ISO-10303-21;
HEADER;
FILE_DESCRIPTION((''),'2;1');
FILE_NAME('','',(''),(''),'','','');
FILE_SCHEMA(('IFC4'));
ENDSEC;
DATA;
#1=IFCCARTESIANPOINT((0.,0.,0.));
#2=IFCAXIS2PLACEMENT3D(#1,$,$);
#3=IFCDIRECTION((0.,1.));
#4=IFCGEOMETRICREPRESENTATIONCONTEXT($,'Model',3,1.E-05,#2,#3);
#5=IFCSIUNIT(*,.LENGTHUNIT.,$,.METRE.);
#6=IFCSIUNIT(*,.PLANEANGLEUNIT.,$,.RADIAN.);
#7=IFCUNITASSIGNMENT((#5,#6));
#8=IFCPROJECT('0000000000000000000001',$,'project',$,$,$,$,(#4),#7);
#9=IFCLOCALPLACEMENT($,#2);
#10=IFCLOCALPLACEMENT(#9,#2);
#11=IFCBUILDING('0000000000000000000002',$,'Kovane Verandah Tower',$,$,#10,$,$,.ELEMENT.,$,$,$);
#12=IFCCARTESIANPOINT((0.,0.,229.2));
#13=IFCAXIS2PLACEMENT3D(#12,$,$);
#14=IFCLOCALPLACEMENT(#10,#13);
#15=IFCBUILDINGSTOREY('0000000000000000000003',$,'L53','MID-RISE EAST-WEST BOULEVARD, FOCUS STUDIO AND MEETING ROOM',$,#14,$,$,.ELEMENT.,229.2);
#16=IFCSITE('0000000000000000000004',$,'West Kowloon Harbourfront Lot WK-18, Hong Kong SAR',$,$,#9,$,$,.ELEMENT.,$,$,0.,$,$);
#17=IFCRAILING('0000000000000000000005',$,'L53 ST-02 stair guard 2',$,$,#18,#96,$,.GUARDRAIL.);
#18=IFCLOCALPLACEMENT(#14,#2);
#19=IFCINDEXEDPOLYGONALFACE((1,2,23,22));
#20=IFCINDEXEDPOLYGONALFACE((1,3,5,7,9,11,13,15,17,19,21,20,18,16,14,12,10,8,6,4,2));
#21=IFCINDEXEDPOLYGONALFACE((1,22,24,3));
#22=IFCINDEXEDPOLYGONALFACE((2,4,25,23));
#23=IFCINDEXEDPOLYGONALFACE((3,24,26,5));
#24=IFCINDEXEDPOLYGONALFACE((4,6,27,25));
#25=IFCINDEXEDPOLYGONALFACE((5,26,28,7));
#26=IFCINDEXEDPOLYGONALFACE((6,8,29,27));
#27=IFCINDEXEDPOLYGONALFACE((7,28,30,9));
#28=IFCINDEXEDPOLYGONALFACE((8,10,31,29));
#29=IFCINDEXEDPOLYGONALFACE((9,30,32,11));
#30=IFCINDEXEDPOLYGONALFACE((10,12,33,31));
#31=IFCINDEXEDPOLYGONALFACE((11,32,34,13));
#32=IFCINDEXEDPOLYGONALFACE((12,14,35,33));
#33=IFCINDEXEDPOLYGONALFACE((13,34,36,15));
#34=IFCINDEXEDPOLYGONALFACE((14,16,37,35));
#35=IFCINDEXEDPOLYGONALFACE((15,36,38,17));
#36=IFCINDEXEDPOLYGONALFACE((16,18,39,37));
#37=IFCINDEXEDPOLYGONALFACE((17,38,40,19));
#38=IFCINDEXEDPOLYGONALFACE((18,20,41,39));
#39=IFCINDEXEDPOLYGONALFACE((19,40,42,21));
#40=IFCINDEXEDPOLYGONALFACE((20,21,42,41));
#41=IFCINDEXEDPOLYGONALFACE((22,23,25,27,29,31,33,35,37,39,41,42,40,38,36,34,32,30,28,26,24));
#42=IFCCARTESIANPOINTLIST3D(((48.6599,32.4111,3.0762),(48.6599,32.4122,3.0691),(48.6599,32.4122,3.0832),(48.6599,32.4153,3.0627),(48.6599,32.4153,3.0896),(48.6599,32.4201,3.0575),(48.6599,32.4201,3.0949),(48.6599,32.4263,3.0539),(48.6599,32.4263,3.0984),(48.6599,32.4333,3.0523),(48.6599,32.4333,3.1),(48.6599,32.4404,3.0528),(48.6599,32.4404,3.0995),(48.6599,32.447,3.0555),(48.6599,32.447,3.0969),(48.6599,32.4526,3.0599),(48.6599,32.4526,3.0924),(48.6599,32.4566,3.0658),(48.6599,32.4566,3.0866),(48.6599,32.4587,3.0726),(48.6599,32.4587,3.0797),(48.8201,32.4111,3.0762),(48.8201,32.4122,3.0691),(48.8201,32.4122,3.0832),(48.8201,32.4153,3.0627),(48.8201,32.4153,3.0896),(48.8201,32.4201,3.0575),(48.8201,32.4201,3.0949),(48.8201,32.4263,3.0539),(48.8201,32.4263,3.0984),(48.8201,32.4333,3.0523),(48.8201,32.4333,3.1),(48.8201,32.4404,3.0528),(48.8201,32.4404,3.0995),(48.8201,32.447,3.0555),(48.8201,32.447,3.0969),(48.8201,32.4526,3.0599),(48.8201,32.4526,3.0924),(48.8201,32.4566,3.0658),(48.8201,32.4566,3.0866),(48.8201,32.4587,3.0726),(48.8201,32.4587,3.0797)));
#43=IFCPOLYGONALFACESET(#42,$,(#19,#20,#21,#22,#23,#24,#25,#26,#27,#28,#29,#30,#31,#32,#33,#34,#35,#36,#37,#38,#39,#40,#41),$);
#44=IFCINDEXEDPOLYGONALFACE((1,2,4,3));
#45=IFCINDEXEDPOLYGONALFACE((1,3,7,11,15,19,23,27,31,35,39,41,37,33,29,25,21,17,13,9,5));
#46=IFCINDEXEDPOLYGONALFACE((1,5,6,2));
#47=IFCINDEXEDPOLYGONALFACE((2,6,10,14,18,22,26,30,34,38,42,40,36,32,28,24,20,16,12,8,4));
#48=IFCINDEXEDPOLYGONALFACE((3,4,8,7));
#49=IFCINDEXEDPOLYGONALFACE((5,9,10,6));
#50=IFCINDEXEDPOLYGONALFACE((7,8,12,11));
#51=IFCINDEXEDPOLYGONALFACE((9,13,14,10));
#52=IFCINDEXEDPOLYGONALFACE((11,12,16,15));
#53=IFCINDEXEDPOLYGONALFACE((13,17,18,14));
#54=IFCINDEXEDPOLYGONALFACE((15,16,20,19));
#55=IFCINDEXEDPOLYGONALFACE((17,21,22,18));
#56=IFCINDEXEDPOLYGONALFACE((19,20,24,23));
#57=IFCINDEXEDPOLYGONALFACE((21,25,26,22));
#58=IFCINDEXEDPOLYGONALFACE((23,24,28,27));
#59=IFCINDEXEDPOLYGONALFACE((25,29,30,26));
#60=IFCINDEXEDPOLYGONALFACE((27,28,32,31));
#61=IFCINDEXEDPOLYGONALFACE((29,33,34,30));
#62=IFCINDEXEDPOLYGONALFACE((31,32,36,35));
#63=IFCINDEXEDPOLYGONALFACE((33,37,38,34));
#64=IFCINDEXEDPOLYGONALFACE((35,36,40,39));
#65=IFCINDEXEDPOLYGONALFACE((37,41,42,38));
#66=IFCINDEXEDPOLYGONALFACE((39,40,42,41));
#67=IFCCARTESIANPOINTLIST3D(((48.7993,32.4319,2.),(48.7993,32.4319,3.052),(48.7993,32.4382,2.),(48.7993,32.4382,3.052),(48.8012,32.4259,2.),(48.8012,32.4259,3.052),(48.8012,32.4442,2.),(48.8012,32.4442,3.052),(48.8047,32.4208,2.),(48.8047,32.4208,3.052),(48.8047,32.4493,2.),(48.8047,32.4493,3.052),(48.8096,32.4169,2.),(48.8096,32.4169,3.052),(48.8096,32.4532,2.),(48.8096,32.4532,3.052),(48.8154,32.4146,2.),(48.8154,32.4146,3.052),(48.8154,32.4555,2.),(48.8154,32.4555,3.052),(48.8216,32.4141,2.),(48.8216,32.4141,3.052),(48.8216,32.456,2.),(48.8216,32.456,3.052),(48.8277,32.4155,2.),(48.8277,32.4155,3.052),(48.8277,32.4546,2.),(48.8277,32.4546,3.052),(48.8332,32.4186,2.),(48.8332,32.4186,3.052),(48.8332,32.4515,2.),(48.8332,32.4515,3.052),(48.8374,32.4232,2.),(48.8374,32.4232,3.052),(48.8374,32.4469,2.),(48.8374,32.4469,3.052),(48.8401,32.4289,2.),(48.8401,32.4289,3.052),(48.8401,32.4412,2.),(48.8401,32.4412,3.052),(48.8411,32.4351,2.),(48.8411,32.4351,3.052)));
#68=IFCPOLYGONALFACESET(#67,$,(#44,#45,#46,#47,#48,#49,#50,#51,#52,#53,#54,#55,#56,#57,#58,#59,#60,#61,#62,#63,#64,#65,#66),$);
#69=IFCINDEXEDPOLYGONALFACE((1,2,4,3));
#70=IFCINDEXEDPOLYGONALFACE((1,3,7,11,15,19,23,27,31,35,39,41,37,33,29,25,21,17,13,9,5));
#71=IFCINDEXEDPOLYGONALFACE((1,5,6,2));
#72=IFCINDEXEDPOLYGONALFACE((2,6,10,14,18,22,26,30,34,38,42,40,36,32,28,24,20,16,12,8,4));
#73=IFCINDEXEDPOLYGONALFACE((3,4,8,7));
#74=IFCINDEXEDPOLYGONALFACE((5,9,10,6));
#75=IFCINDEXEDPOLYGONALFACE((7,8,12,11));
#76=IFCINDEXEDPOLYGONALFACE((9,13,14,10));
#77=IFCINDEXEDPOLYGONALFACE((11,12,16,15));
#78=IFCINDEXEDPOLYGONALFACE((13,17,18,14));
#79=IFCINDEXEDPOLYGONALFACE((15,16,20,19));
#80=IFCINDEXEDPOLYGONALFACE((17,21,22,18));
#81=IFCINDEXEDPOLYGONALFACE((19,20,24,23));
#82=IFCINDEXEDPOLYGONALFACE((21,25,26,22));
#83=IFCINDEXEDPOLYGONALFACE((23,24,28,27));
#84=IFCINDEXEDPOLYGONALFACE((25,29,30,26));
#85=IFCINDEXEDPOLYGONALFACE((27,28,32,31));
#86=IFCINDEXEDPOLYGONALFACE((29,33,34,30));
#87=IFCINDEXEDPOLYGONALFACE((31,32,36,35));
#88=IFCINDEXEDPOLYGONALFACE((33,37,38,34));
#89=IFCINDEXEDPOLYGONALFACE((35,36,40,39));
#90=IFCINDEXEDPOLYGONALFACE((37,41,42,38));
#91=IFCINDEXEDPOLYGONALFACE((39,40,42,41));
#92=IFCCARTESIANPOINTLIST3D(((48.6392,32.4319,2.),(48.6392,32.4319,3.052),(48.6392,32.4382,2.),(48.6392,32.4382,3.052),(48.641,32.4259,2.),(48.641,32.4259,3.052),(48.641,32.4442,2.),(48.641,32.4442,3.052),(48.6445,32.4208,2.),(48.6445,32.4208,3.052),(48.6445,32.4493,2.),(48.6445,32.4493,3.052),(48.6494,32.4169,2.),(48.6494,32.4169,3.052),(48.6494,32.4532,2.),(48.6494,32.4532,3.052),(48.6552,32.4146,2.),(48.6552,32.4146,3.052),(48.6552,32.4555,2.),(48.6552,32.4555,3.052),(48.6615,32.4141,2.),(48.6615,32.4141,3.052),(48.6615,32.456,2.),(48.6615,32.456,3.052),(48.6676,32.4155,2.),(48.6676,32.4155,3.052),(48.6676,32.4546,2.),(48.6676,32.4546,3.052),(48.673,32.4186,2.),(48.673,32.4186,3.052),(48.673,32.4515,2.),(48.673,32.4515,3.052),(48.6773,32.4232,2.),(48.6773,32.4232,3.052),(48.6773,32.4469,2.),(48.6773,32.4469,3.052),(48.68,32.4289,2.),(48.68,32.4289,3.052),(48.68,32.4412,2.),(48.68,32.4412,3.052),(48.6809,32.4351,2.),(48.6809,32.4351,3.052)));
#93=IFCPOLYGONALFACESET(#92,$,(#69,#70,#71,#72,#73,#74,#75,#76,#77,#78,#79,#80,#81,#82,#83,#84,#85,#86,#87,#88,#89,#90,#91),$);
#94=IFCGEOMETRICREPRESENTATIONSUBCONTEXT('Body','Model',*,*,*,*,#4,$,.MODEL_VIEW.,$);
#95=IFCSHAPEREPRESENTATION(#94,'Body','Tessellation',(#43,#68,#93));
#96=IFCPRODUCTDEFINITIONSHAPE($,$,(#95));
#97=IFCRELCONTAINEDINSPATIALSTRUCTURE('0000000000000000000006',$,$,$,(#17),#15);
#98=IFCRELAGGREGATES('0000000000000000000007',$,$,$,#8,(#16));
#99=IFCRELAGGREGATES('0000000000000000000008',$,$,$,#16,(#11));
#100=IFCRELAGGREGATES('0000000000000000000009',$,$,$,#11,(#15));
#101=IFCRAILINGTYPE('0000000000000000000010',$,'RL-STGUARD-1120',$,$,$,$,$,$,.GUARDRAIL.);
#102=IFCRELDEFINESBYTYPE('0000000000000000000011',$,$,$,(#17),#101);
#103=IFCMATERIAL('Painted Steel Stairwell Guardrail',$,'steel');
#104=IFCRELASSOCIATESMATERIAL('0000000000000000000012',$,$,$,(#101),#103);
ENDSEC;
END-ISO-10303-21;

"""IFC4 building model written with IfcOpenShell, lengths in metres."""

from ifc_helpers import new_model, si_unit, direction, frame, origin, origin_2d, place, context, subcontext, project, spatial, circle, extrude, material, type_object, element, save


model = new_model("IFC4")

# Units and contexts
model_context = context("Model", 3, precision=1e-05, world=origin(), true_north=direction((0.0, 1.0)))
body_context = subcontext(model_context, "Body", "Model", "MODEL_VIEW")
ifc_project = project(units=[si_unit("LENGTHUNIT", "METRE"), si_unit("PLANEANGLEUNIT", "RADIAN")], contexts=[model_context])

# Site, building, storey
site_placement = place(None, origin())
site = spatial("IfcSite", under=ifc_project, at=site_placement, Name="West Kowloon Harbourfront Lot WK-18, Hong Kong SAR", CompositionType="ELEMENT", RefElevation=0.0)
building_placement = place(site_placement, origin())
building = spatial("IfcBuilding", under=site, at=building_placement, Name="Kovane Verandah Tower", CompositionType="ELEMENT")
storey_placement = place(building_placement, frame((0.0, 0.0, 229.2)))
storey = spatial("IfcBuildingStorey", under=building, at=storey_placement, Name="L53", Description="MID-RISE EAST-WEST BOULEVARD, FOCUS STUDIO AND MEETING ROOM", CompositionType="ELEMENT", Elevation=229.2)

# Railing
ifc_material_1 = material(Name="Painted Steel Stairwell Guardrail", Category="steel")
railing_type_1 = type_object("IfcRailingType", Name="RL-STGUARD-1120", PredefinedType="GUARDRAIL", material=ifc_material_1)
railing_1_placement = place(storey_placement, frame((48.8201, 32.4351, 2.0)))
element("IfcRailing", 1, at=railing_1_placement, inside=storey, type_object=railing_type_1, Name="L53 ST-02 stair guard 2", PredefinedType="GUARDRAIL", context=body_context, shape_type="SweptSolid", body=[
    extrude(circle(Radius=0.0239, at=origin_2d()), frame((0.0, 0.0, 1.0762), z_axis=(-1.0, 0.0, 0.0), x_axis=(0.0, -1.0, 0.0)), (0.0, 0.0, 1.0), 0.1602),
    extrude(circle(Radius=0.021, at=origin_2d()), origin(), (0.0, 0.0, 1.0), 1.052),
    extrude(circle(Radius=0.021, at=origin_2d()), frame((-0.1602, 0.0, 0.0)), (0.0, 0.0, 1.0), 1.052),
])

save(model, "model.ifc")
